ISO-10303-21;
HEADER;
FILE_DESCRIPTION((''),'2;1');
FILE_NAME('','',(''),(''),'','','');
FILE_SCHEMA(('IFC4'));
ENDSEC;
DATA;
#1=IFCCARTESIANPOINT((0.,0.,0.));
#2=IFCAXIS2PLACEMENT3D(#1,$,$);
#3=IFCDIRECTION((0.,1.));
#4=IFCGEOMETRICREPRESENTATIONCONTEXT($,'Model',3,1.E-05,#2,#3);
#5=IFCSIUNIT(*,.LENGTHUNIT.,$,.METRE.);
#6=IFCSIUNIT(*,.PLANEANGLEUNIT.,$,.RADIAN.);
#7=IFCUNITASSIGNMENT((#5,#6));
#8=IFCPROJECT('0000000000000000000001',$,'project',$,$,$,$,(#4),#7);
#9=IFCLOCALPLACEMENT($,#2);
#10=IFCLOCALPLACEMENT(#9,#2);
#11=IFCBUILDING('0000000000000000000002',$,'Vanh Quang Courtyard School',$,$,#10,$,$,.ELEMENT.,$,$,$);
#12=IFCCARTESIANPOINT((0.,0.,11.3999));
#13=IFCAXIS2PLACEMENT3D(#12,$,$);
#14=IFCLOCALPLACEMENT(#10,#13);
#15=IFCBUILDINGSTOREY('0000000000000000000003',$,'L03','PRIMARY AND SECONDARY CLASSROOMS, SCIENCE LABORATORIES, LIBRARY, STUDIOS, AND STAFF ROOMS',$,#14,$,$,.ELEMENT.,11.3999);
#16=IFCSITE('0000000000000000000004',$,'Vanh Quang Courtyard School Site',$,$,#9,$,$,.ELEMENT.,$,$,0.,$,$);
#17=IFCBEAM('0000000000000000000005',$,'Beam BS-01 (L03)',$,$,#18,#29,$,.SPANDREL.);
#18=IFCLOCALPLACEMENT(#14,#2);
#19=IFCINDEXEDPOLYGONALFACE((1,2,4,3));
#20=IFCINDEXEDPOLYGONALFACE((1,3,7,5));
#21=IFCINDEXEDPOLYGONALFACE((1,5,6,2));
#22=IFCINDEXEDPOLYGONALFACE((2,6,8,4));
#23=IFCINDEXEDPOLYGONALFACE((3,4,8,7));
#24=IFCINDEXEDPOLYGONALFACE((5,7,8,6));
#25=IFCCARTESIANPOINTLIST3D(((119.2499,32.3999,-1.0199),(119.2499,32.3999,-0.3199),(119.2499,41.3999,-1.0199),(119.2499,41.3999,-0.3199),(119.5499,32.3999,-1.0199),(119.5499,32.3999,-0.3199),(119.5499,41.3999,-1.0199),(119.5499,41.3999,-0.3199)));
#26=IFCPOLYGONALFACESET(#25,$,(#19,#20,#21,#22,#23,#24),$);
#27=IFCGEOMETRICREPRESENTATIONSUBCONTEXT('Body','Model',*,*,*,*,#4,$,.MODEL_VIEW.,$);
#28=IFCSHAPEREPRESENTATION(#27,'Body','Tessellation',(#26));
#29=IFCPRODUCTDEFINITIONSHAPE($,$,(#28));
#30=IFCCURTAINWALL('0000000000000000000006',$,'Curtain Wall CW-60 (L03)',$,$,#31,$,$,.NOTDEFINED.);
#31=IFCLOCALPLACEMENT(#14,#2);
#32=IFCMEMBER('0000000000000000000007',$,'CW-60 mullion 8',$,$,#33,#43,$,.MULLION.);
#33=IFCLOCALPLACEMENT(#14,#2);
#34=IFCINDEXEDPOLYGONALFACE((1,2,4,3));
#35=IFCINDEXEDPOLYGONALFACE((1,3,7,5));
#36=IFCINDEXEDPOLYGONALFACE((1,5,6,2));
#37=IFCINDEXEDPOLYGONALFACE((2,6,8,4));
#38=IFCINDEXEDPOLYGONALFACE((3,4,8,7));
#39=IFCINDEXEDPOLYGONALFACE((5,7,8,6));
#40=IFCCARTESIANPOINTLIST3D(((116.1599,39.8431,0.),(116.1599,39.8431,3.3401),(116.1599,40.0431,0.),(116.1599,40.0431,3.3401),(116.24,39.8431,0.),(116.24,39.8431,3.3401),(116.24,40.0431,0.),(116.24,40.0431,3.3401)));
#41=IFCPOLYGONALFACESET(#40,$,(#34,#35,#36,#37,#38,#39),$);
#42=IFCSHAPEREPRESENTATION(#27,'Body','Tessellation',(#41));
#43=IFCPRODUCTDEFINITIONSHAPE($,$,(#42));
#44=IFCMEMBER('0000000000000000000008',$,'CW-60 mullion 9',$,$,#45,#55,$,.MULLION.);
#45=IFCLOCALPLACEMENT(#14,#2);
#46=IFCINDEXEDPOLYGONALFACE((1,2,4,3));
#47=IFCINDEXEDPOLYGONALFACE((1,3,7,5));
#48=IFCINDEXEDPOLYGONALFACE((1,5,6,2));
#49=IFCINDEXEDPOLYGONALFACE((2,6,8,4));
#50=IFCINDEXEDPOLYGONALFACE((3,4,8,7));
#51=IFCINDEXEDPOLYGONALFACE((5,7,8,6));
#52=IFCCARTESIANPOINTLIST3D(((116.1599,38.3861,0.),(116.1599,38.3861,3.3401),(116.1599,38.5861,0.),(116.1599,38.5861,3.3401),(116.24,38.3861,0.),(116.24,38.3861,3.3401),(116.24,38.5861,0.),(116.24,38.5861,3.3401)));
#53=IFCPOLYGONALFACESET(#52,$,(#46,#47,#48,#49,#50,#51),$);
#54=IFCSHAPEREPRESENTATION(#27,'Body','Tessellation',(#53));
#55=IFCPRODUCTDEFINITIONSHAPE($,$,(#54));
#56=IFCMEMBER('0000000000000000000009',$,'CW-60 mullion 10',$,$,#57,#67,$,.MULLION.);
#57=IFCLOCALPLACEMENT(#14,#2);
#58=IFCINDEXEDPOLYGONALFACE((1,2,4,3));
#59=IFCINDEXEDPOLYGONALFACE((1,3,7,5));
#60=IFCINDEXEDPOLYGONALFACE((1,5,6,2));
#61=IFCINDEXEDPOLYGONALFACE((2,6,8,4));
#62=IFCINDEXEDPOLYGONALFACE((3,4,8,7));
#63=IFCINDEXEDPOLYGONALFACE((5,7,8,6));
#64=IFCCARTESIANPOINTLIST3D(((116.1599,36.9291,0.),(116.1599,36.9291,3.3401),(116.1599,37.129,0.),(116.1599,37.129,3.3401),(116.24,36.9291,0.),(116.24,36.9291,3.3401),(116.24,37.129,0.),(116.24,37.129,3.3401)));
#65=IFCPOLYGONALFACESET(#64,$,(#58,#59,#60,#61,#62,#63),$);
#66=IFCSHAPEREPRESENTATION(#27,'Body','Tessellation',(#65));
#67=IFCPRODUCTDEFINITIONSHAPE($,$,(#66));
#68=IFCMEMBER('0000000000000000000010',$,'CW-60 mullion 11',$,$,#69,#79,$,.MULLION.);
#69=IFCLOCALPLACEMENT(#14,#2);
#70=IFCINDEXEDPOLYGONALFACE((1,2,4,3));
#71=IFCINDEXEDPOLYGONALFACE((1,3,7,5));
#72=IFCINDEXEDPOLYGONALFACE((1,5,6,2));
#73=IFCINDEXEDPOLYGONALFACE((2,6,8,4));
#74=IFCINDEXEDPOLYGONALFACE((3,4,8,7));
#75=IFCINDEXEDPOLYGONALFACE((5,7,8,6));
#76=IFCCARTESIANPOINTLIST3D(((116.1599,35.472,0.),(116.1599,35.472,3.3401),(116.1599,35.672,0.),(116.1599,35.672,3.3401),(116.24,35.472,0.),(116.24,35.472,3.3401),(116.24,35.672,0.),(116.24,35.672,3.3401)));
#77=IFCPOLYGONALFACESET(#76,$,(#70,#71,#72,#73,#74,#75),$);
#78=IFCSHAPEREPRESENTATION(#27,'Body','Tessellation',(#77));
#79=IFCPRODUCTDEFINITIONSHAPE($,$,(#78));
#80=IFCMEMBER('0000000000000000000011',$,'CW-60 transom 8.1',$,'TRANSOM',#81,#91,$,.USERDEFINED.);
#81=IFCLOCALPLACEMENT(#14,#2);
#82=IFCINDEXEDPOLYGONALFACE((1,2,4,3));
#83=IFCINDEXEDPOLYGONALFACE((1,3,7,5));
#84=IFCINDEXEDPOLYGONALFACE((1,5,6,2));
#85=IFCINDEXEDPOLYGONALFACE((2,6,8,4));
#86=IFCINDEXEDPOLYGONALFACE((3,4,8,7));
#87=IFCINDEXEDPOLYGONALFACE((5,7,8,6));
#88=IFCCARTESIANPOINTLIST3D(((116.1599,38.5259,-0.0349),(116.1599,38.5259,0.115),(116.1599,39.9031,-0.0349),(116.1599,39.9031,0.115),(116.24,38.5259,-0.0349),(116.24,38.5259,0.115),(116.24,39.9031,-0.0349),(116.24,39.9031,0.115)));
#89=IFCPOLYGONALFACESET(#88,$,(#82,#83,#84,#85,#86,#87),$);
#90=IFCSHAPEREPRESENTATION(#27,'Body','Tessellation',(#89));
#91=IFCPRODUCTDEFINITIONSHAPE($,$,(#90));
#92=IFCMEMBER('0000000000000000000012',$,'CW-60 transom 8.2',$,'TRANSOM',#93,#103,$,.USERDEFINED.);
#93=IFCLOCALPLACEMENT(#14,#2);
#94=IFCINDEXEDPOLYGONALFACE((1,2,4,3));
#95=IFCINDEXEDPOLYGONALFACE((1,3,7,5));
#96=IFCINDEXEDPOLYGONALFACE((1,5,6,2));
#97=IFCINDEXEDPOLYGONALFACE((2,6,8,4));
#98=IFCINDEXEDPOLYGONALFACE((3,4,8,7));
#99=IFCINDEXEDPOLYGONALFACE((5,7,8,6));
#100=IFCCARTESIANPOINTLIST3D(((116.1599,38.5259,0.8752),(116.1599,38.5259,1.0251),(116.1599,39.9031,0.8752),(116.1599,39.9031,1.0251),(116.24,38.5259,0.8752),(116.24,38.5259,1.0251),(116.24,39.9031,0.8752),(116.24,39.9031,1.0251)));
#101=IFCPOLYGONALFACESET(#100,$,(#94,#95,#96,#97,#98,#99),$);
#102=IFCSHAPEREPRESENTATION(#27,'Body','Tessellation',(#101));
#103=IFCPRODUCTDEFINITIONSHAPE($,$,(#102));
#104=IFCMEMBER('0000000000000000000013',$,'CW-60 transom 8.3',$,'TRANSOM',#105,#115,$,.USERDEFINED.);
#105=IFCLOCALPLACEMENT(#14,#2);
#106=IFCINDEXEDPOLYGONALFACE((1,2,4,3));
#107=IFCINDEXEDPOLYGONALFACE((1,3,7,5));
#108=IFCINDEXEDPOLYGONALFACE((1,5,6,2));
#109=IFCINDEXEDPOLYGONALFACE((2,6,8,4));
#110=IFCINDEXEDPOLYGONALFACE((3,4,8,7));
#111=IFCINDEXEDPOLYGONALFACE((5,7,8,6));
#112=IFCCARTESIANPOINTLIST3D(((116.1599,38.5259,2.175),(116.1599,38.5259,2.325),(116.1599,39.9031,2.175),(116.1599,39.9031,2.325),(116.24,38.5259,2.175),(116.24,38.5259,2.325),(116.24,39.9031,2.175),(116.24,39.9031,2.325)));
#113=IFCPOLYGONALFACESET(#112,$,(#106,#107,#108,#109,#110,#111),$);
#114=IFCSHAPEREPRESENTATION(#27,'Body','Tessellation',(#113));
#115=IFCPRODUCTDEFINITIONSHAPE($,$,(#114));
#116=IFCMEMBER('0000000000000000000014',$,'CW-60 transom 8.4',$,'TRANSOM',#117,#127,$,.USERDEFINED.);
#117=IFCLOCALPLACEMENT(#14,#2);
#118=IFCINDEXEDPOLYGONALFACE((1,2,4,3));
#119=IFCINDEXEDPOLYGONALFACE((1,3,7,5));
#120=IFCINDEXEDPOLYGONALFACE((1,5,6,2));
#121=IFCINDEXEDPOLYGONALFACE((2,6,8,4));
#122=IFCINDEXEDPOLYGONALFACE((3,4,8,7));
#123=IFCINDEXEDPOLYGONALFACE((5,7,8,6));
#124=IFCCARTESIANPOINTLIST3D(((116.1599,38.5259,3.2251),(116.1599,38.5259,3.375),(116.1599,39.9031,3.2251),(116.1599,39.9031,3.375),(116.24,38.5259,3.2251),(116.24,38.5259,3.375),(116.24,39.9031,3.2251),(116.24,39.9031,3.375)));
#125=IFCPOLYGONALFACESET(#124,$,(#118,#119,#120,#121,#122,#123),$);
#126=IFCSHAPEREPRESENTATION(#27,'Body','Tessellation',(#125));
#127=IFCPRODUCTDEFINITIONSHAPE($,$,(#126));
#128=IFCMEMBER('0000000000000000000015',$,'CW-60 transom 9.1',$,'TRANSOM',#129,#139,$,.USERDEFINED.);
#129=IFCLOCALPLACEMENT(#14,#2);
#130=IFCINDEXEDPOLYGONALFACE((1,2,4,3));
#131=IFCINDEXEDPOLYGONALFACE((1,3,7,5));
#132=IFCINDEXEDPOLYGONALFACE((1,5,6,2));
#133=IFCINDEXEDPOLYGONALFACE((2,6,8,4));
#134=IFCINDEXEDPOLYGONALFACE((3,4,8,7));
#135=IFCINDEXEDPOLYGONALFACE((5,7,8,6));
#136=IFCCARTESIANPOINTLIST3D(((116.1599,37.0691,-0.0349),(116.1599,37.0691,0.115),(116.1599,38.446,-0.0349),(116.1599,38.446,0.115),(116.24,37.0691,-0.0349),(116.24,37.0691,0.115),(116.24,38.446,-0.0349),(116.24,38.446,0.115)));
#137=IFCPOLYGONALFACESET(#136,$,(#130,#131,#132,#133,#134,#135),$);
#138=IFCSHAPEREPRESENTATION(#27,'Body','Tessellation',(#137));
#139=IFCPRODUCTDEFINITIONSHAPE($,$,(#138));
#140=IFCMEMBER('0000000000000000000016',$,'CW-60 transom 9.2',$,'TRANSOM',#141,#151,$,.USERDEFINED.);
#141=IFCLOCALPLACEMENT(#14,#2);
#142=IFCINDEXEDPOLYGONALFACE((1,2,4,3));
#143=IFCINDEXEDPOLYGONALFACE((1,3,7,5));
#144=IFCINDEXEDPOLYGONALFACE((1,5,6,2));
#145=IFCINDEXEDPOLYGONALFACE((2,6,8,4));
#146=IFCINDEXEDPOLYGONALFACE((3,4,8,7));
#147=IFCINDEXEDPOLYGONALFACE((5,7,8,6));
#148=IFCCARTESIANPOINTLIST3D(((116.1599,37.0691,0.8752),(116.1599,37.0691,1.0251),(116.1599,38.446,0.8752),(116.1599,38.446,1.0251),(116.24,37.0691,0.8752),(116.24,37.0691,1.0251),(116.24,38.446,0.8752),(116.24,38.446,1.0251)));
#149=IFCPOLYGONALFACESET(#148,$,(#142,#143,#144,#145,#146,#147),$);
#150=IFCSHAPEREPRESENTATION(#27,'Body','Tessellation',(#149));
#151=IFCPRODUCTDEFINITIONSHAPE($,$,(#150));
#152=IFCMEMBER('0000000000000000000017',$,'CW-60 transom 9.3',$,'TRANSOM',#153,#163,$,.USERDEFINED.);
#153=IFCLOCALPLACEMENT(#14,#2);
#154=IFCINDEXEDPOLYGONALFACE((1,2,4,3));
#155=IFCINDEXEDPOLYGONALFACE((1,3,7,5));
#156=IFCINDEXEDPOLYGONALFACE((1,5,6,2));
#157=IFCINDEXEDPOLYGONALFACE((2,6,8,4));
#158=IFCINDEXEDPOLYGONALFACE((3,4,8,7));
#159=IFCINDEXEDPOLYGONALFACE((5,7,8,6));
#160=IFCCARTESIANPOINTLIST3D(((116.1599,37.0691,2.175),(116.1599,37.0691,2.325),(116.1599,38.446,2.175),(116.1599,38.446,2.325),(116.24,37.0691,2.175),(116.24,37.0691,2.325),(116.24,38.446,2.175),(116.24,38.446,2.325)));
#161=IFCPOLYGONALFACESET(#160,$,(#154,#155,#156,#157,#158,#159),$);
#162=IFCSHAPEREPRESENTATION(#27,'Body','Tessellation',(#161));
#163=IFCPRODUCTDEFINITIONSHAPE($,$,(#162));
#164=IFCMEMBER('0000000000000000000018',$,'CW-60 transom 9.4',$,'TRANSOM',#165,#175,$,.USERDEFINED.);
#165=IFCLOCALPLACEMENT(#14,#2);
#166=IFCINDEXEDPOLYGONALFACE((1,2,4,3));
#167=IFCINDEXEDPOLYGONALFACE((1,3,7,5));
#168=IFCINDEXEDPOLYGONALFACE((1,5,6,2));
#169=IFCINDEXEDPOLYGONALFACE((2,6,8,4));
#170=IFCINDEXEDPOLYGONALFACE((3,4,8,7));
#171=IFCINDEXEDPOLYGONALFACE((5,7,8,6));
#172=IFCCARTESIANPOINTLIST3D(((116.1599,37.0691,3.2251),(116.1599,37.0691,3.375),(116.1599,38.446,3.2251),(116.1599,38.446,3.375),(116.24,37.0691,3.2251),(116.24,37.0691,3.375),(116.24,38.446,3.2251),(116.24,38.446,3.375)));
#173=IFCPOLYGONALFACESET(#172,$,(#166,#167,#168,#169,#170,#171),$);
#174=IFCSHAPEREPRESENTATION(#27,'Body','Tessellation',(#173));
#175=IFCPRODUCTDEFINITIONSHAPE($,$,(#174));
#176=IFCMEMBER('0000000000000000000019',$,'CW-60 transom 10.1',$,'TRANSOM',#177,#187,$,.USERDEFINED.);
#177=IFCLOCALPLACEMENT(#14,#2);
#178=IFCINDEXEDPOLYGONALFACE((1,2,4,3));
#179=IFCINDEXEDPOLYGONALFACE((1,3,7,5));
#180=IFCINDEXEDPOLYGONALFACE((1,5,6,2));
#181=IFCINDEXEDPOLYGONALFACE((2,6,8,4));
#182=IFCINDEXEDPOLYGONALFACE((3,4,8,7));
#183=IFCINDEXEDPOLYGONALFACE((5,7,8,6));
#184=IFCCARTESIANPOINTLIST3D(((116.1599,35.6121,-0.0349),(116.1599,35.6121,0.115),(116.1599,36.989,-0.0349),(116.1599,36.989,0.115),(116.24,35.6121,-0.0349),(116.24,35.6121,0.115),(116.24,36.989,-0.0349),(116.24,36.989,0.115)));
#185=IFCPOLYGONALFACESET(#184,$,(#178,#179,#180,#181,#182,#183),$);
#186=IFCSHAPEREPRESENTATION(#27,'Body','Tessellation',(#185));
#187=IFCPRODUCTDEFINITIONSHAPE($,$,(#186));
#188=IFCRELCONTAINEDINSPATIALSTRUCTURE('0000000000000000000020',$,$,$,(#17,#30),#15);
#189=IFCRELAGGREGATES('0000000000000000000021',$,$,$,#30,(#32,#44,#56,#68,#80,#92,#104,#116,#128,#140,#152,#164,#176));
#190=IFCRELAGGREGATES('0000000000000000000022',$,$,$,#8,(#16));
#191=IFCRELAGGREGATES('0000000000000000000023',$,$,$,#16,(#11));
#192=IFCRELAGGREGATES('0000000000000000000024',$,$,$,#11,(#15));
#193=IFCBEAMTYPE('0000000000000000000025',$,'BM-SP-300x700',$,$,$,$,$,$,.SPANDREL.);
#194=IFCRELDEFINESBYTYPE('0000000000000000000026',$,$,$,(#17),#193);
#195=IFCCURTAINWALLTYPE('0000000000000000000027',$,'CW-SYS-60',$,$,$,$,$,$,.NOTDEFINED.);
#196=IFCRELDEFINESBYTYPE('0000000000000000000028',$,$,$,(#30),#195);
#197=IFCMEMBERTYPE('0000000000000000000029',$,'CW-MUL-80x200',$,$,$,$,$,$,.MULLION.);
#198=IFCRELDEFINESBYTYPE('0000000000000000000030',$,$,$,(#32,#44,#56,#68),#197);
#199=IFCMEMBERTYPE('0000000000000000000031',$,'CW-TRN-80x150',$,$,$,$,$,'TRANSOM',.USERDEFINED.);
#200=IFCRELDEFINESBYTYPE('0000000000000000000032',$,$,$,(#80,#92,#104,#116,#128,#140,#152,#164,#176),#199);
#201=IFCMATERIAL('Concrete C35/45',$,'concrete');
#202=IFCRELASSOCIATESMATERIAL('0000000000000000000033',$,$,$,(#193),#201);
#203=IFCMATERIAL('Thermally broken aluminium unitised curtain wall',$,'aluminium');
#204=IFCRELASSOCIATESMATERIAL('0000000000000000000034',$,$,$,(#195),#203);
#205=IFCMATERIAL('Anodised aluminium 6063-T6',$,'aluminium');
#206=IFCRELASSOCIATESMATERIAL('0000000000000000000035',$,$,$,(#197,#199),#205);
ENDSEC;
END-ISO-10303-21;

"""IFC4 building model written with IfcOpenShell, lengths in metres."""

from ifc_helpers import new_model, si_unit, direction, frame, origin, origin_2d, place, context, subcontext, project, spatial, rectangle, extrude, material, material_profile, profile_set, type_object, element, aggregate, save


model = new_model("IFC4")

# Units and contexts
model_context = context("Model", 3, precision=1e-05, world=origin(), true_north=direction((0.0, 1.0)))
body_context = subcontext(model_context, "Body", "Model", "MODEL_VIEW")
ifc_project = project(units=[si_unit("LENGTHUNIT", "METRE"), si_unit("PLANEANGLEUNIT", "RADIAN")], contexts=[model_context])

# Site, building, storey
site_placement = place(None, origin())
site = spatial("IfcSite", under=ifc_project, at=site_placement, Name="Vanh Quang Courtyard School Site", CompositionType="ELEMENT", RefElevation=0.0)
building_placement = place(site_placement, origin())
building = spatial("IfcBuilding", under=site, at=building_placement, Name="Vanh Quang Courtyard School", CompositionType="ELEMENT")
storey_placement = place(building_placement, frame((0.0, 0.0, 11.3999)))
storey = spatial("IfcBuildingStorey", under=building, at=storey_placement, Name="L03", Description="PRIMARY AND SECONDARY CLASSROOMS, SCIENCE LABORATORIES, LIBRARY, STUDIOS, AND STAFF ROOMS", CompositionType="ELEMENT", Elevation=11.3999)

# Beam
ifc_material_1 = material(Name="Concrete C35/45", Category="concrete")
ifc_material_profile_1 = material_profile(ifc_material_1, rectangle(XDim=0.3, YDim=0.7, at=origin_2d()), Name="RC-SP 300x700")
ifc_profile_set_1 = profile_set([ifc_material_profile_1], Name="Concrete C35/45")
beam_type = type_object("IfcBeamType", Name="BM-SP-300x700", PredefinedType="SPANDREL", material=ifc_profile_set_1)
beam_placement = place(storey_placement, frame((119.3999, 32.3999, -0.6699), z_axis=(0.0, 1.0, 0.0), x_axis=(-1.0, 0.0, 0.0)))
element("IfcBeam", 1, at=beam_placement, inside=storey, type_object=beam_type, Name="Beam BS-01 (L03)", PredefinedType="SPANDREL", context=body_context, shape_type="SweptSolid", body=[
    extrude(rectangle(XDim=0.3, YDim=0.7, at=origin_2d()), origin(), (0.0, 0.0, 1.0), 9.0),
])

# Curtain wall, members
ifc_material_2 = material(Name="Thermally broken aluminium unitised curtain wall", Category="aluminium")
curtain_wall_type = type_object("IfcCurtainWallType", Name="CW-SYS-60", PredefinedType="NOTDEFINED", material=ifc_material_2)
curtain_wall_placement = place(storey_placement, origin())
curtain_wall = element("IfcCurtainWall", 2, at=curtain_wall_placement, inside=storey, type_object=curtain_wall_type, Name="Curtain Wall CW-60 (L03)", PredefinedType="NOTDEFINED")
ifc_material_3 = material(Name="Anodised aluminium 6063-T6", Category="aluminium")
ifc_material_profile_2 = material_profile(ifc_material_3, rectangle(XDim=0.0801, YDim=0.2, at=origin_2d()), Name="ALU-MUL 80x200")
ifc_profile_set_2 = profile_set([ifc_material_profile_2], Name="Anodised aluminium 6063-T6")
member_type_1 = type_object("IfcMemberType", Name="CW-MUL-80x200", PredefinedType="MULLION", material=ifc_profile_set_2)
member_1_placement = place(storey_placement, frame((116.2, 39.9431, 0.0), z_axis=(0.0, 0.0, 1.0), x_axis=(1.0, 0.0, 0.0)))
member_1 = element("IfcMember", 3, at=member_1_placement, type_object=member_type_1, Name="CW-60 mullion 8", PredefinedType="MULLION", context=body_context, shape_type="SweptSolid", body=[
    extrude(rectangle(XDim=0.0801, YDim=0.2, at=origin_2d()), origin(), (0.0, 0.0, 1.0), 3.3401),
])
member_2_placement = place(storey_placement, frame((116.2, 38.4861, 0.0), z_axis=(0.0, 0.0, 1.0), x_axis=(1.0, 0.0, 0.0)))
member_2 = element("IfcMember", 4, at=member_2_placement, type_object=member_type_1, Name="CW-60 mullion 9", PredefinedType="MULLION", context=body_context, shape_type="SweptSolid", body=[
    extrude(rectangle(XDim=0.0801, YDim=0.2, at=origin_2d()), origin(), (0.0, 0.0, 1.0), 3.3401),
])
member_3_placement = place(storey_placement, frame((116.2, 37.0291, 0.0), z_axis=(0.0, 0.0, 1.0), x_axis=(1.0, 0.0, 0.0)))
member_3 = element("IfcMember", 5, at=member_3_placement, type_object=member_type_1, Name="CW-60 mullion 10", PredefinedType="MULLION", context=body_context, shape_type="SweptSolid", body=[
    extrude(rectangle(XDim=0.0801, YDim=0.2, at=origin_2d()), origin(), (0.0, 0.0, 1.0), 3.3401),
])
member_4_placement = place(storey_placement, frame((116.2, 35.572, 0.0), z_axis=(0.0, 0.0, 1.0), x_axis=(1.0, 0.0, 0.0)))
member_4 = element("IfcMember", 6, at=member_4_placement, type_object=member_type_1, Name="CW-60 mullion 11", PredefinedType="MULLION", context=body_context, shape_type="SweptSolid", body=[
    extrude(rectangle(XDim=0.0801, YDim=0.2, at=origin_2d()), origin(), (0.0, 0.0, 1.0), 3.3401),
])
ifc_material_profile_3 = material_profile(ifc_material_3, rectangle(XDim=0.0801, YDim=0.1499, at=origin_2d()), Name="ALU-TRN 80x150")
ifc_profile_set_3 = profile_set([ifc_material_profile_3], Name="Anodised aluminium 6063-T6")
member_type_2 = type_object("IfcMemberType", Name="CW-TRN-80x150", ElementType="TRANSOM", PredefinedType="USERDEFINED", material=ifc_profile_set_3)
member_5_placement = place(storey_placement, frame((116.2, 39.9031, 0.04), z_axis=(0.0, -1.0, 0.0), x_axis=(1.0, 0.0, 0.0)))
member_5 = element("IfcMember", 7, at=member_5_placement, type_object=member_type_2, Name="CW-60 transom 8.1", ObjectType="TRANSOM", PredefinedType="USERDEFINED", context=body_context, shape_type="SweptSolid", body=[
    extrude(rectangle(XDim=0.0801, YDim=0.1499, at=origin_2d()), origin(), (0.0, 0.0, 1.0), 1.3772),
])
member_6_placement = place(storey_placement, frame((116.2, 39.9031, 0.9502), z_axis=(0.0, -1.0, 0.0), x_axis=(1.0, 0.0, 0.0)))
member_6 = element("IfcMember", 8, at=member_6_placement, type_object=member_type_2, Name="CW-60 transom 8.2", ObjectType="TRANSOM", PredefinedType="USERDEFINED", context=body_context, shape_type="SweptSolid", body=[
    extrude(rectangle(XDim=0.0801, YDim=0.1499, at=origin_2d()), origin(), (0.0, 0.0, 1.0), 1.3772),
])
member_7_placement = place(storey_placement, frame((116.2, 39.9031, 2.25), z_axis=(0.0, -1.0, 0.0), x_axis=(1.0, 0.0, 0.0)))
member_7 = element("IfcMember", 9, at=member_7_placement, type_object=member_type_2, Name="CW-60 transom 8.3", ObjectType="TRANSOM", PredefinedType="USERDEFINED", context=body_context, shape_type="SweptSolid", body=[
    extrude(rectangle(XDim=0.0801, YDim=0.1499, at=origin_2d()), origin(), (0.0, 0.0, 1.0), 1.3772),
])
member_8_placement = place(storey_placement, frame((116.2, 39.9031, 3.3), z_axis=(0.0, -1.0, 0.0), x_axis=(1.0, 0.0, 0.0)))
member_8 = element("IfcMember", 10, at=member_8_placement, type_object=member_type_2, Name="CW-60 transom 8.4", ObjectType="TRANSOM", PredefinedType="USERDEFINED", context=body_context, shape_type="SweptSolid", body=[
    extrude(rectangle(XDim=0.0801, YDim=0.1499, at=origin_2d()), origin(), (0.0, 0.0, 1.0), 1.3772),
])
member_9_placement = place(storey_placement, frame((116.2, 38.446, 0.04), z_axis=(0.0, -1.0, 0.0), x_axis=(1.0, 0.0, 0.0)))
member_9 = element("IfcMember", 11, at=member_9_placement, type_object=member_type_2, Name="CW-60 transom 9.1", ObjectType="TRANSOM", PredefinedType="USERDEFINED", context=body_context, shape_type="SweptSolid", body=[
    extrude(rectangle(XDim=0.0801, YDim=0.1499, at=origin_2d()), origin(), (0.0, 0.0, 1.0), 1.377),
])
member_10_placement = place(storey_placement, frame((116.2, 38.446, 0.9502), z_axis=(0.0, -1.0, 0.0), x_axis=(1.0, 0.0, 0.0)))
member_10 = element("IfcMember", 12, at=member_10_placement, type_object=member_type_2, Name="CW-60 transom 9.2", ObjectType="TRANSOM", PredefinedType="USERDEFINED", context=body_context, shape_type="SweptSolid", body=[
    extrude(rectangle(XDim=0.0801, YDim=0.1499, at=origin_2d()), origin(), (0.0, 0.0, 1.0), 1.377),
])
member_11_placement = place(storey_placement, frame((116.2, 38.446, 2.25), z_axis=(0.0, -1.0, 0.0), x_axis=(1.0, 0.0, 0.0)))
member_11 = element("IfcMember", 13, at=member_11_placement, type_object=member_type_2, Name="CW-60 transom 9.3", ObjectType="TRANSOM", PredefinedType="USERDEFINED", context=body_context, shape_type="SweptSolid", body=[
    extrude(rectangle(XDim=0.0801, YDim=0.1499, at=origin_2d()), origin(), (0.0, 0.0, 1.0), 1.377),
])
member_12_placement = place(storey_placement, frame((116.2, 38.446, 3.3), z_axis=(0.0, -1.0, 0.0), x_axis=(1.0, 0.0, 0.0)))
member_12 = element("IfcMember", 14, at=member_12_placement, type_object=member_type_2, Name="CW-60 transom 9.4", ObjectType="TRANSOM", PredefinedType="USERDEFINED", context=body_context, shape_type="SweptSolid", body=[
    extrude(rectangle(XDim=0.0801, YDim=0.1499, at=origin_2d()), origin(), (0.0, 0.0, 1.0), 1.377),
])
member_13_placement = place(storey_placement, frame((116.2, 36.989, 0.04), z_axis=(0.0, -1.0, 0.0), x_axis=(1.0, 0.0, 0.0)))
member_13 = element("IfcMember", 15, at=member_13_placement, type_object=member_type_2, Name="CW-60 transom 10.1", ObjectType="TRANSOM", PredefinedType="USERDEFINED", context=body_context, shape_type="SweptSolid", body=[
    extrude(rectangle(XDim=0.0801, YDim=0.1499, at=origin_2d()), origin(), (0.0, 0.0, 1.0), 1.377),
])
aggregate(curtain_wall, [member_1, member_2, member_3, member_4, member_5, member_6, member_7, member_8, member_9, member_10, member_11, member_12, member_13])

save(model, "model.ifc")
